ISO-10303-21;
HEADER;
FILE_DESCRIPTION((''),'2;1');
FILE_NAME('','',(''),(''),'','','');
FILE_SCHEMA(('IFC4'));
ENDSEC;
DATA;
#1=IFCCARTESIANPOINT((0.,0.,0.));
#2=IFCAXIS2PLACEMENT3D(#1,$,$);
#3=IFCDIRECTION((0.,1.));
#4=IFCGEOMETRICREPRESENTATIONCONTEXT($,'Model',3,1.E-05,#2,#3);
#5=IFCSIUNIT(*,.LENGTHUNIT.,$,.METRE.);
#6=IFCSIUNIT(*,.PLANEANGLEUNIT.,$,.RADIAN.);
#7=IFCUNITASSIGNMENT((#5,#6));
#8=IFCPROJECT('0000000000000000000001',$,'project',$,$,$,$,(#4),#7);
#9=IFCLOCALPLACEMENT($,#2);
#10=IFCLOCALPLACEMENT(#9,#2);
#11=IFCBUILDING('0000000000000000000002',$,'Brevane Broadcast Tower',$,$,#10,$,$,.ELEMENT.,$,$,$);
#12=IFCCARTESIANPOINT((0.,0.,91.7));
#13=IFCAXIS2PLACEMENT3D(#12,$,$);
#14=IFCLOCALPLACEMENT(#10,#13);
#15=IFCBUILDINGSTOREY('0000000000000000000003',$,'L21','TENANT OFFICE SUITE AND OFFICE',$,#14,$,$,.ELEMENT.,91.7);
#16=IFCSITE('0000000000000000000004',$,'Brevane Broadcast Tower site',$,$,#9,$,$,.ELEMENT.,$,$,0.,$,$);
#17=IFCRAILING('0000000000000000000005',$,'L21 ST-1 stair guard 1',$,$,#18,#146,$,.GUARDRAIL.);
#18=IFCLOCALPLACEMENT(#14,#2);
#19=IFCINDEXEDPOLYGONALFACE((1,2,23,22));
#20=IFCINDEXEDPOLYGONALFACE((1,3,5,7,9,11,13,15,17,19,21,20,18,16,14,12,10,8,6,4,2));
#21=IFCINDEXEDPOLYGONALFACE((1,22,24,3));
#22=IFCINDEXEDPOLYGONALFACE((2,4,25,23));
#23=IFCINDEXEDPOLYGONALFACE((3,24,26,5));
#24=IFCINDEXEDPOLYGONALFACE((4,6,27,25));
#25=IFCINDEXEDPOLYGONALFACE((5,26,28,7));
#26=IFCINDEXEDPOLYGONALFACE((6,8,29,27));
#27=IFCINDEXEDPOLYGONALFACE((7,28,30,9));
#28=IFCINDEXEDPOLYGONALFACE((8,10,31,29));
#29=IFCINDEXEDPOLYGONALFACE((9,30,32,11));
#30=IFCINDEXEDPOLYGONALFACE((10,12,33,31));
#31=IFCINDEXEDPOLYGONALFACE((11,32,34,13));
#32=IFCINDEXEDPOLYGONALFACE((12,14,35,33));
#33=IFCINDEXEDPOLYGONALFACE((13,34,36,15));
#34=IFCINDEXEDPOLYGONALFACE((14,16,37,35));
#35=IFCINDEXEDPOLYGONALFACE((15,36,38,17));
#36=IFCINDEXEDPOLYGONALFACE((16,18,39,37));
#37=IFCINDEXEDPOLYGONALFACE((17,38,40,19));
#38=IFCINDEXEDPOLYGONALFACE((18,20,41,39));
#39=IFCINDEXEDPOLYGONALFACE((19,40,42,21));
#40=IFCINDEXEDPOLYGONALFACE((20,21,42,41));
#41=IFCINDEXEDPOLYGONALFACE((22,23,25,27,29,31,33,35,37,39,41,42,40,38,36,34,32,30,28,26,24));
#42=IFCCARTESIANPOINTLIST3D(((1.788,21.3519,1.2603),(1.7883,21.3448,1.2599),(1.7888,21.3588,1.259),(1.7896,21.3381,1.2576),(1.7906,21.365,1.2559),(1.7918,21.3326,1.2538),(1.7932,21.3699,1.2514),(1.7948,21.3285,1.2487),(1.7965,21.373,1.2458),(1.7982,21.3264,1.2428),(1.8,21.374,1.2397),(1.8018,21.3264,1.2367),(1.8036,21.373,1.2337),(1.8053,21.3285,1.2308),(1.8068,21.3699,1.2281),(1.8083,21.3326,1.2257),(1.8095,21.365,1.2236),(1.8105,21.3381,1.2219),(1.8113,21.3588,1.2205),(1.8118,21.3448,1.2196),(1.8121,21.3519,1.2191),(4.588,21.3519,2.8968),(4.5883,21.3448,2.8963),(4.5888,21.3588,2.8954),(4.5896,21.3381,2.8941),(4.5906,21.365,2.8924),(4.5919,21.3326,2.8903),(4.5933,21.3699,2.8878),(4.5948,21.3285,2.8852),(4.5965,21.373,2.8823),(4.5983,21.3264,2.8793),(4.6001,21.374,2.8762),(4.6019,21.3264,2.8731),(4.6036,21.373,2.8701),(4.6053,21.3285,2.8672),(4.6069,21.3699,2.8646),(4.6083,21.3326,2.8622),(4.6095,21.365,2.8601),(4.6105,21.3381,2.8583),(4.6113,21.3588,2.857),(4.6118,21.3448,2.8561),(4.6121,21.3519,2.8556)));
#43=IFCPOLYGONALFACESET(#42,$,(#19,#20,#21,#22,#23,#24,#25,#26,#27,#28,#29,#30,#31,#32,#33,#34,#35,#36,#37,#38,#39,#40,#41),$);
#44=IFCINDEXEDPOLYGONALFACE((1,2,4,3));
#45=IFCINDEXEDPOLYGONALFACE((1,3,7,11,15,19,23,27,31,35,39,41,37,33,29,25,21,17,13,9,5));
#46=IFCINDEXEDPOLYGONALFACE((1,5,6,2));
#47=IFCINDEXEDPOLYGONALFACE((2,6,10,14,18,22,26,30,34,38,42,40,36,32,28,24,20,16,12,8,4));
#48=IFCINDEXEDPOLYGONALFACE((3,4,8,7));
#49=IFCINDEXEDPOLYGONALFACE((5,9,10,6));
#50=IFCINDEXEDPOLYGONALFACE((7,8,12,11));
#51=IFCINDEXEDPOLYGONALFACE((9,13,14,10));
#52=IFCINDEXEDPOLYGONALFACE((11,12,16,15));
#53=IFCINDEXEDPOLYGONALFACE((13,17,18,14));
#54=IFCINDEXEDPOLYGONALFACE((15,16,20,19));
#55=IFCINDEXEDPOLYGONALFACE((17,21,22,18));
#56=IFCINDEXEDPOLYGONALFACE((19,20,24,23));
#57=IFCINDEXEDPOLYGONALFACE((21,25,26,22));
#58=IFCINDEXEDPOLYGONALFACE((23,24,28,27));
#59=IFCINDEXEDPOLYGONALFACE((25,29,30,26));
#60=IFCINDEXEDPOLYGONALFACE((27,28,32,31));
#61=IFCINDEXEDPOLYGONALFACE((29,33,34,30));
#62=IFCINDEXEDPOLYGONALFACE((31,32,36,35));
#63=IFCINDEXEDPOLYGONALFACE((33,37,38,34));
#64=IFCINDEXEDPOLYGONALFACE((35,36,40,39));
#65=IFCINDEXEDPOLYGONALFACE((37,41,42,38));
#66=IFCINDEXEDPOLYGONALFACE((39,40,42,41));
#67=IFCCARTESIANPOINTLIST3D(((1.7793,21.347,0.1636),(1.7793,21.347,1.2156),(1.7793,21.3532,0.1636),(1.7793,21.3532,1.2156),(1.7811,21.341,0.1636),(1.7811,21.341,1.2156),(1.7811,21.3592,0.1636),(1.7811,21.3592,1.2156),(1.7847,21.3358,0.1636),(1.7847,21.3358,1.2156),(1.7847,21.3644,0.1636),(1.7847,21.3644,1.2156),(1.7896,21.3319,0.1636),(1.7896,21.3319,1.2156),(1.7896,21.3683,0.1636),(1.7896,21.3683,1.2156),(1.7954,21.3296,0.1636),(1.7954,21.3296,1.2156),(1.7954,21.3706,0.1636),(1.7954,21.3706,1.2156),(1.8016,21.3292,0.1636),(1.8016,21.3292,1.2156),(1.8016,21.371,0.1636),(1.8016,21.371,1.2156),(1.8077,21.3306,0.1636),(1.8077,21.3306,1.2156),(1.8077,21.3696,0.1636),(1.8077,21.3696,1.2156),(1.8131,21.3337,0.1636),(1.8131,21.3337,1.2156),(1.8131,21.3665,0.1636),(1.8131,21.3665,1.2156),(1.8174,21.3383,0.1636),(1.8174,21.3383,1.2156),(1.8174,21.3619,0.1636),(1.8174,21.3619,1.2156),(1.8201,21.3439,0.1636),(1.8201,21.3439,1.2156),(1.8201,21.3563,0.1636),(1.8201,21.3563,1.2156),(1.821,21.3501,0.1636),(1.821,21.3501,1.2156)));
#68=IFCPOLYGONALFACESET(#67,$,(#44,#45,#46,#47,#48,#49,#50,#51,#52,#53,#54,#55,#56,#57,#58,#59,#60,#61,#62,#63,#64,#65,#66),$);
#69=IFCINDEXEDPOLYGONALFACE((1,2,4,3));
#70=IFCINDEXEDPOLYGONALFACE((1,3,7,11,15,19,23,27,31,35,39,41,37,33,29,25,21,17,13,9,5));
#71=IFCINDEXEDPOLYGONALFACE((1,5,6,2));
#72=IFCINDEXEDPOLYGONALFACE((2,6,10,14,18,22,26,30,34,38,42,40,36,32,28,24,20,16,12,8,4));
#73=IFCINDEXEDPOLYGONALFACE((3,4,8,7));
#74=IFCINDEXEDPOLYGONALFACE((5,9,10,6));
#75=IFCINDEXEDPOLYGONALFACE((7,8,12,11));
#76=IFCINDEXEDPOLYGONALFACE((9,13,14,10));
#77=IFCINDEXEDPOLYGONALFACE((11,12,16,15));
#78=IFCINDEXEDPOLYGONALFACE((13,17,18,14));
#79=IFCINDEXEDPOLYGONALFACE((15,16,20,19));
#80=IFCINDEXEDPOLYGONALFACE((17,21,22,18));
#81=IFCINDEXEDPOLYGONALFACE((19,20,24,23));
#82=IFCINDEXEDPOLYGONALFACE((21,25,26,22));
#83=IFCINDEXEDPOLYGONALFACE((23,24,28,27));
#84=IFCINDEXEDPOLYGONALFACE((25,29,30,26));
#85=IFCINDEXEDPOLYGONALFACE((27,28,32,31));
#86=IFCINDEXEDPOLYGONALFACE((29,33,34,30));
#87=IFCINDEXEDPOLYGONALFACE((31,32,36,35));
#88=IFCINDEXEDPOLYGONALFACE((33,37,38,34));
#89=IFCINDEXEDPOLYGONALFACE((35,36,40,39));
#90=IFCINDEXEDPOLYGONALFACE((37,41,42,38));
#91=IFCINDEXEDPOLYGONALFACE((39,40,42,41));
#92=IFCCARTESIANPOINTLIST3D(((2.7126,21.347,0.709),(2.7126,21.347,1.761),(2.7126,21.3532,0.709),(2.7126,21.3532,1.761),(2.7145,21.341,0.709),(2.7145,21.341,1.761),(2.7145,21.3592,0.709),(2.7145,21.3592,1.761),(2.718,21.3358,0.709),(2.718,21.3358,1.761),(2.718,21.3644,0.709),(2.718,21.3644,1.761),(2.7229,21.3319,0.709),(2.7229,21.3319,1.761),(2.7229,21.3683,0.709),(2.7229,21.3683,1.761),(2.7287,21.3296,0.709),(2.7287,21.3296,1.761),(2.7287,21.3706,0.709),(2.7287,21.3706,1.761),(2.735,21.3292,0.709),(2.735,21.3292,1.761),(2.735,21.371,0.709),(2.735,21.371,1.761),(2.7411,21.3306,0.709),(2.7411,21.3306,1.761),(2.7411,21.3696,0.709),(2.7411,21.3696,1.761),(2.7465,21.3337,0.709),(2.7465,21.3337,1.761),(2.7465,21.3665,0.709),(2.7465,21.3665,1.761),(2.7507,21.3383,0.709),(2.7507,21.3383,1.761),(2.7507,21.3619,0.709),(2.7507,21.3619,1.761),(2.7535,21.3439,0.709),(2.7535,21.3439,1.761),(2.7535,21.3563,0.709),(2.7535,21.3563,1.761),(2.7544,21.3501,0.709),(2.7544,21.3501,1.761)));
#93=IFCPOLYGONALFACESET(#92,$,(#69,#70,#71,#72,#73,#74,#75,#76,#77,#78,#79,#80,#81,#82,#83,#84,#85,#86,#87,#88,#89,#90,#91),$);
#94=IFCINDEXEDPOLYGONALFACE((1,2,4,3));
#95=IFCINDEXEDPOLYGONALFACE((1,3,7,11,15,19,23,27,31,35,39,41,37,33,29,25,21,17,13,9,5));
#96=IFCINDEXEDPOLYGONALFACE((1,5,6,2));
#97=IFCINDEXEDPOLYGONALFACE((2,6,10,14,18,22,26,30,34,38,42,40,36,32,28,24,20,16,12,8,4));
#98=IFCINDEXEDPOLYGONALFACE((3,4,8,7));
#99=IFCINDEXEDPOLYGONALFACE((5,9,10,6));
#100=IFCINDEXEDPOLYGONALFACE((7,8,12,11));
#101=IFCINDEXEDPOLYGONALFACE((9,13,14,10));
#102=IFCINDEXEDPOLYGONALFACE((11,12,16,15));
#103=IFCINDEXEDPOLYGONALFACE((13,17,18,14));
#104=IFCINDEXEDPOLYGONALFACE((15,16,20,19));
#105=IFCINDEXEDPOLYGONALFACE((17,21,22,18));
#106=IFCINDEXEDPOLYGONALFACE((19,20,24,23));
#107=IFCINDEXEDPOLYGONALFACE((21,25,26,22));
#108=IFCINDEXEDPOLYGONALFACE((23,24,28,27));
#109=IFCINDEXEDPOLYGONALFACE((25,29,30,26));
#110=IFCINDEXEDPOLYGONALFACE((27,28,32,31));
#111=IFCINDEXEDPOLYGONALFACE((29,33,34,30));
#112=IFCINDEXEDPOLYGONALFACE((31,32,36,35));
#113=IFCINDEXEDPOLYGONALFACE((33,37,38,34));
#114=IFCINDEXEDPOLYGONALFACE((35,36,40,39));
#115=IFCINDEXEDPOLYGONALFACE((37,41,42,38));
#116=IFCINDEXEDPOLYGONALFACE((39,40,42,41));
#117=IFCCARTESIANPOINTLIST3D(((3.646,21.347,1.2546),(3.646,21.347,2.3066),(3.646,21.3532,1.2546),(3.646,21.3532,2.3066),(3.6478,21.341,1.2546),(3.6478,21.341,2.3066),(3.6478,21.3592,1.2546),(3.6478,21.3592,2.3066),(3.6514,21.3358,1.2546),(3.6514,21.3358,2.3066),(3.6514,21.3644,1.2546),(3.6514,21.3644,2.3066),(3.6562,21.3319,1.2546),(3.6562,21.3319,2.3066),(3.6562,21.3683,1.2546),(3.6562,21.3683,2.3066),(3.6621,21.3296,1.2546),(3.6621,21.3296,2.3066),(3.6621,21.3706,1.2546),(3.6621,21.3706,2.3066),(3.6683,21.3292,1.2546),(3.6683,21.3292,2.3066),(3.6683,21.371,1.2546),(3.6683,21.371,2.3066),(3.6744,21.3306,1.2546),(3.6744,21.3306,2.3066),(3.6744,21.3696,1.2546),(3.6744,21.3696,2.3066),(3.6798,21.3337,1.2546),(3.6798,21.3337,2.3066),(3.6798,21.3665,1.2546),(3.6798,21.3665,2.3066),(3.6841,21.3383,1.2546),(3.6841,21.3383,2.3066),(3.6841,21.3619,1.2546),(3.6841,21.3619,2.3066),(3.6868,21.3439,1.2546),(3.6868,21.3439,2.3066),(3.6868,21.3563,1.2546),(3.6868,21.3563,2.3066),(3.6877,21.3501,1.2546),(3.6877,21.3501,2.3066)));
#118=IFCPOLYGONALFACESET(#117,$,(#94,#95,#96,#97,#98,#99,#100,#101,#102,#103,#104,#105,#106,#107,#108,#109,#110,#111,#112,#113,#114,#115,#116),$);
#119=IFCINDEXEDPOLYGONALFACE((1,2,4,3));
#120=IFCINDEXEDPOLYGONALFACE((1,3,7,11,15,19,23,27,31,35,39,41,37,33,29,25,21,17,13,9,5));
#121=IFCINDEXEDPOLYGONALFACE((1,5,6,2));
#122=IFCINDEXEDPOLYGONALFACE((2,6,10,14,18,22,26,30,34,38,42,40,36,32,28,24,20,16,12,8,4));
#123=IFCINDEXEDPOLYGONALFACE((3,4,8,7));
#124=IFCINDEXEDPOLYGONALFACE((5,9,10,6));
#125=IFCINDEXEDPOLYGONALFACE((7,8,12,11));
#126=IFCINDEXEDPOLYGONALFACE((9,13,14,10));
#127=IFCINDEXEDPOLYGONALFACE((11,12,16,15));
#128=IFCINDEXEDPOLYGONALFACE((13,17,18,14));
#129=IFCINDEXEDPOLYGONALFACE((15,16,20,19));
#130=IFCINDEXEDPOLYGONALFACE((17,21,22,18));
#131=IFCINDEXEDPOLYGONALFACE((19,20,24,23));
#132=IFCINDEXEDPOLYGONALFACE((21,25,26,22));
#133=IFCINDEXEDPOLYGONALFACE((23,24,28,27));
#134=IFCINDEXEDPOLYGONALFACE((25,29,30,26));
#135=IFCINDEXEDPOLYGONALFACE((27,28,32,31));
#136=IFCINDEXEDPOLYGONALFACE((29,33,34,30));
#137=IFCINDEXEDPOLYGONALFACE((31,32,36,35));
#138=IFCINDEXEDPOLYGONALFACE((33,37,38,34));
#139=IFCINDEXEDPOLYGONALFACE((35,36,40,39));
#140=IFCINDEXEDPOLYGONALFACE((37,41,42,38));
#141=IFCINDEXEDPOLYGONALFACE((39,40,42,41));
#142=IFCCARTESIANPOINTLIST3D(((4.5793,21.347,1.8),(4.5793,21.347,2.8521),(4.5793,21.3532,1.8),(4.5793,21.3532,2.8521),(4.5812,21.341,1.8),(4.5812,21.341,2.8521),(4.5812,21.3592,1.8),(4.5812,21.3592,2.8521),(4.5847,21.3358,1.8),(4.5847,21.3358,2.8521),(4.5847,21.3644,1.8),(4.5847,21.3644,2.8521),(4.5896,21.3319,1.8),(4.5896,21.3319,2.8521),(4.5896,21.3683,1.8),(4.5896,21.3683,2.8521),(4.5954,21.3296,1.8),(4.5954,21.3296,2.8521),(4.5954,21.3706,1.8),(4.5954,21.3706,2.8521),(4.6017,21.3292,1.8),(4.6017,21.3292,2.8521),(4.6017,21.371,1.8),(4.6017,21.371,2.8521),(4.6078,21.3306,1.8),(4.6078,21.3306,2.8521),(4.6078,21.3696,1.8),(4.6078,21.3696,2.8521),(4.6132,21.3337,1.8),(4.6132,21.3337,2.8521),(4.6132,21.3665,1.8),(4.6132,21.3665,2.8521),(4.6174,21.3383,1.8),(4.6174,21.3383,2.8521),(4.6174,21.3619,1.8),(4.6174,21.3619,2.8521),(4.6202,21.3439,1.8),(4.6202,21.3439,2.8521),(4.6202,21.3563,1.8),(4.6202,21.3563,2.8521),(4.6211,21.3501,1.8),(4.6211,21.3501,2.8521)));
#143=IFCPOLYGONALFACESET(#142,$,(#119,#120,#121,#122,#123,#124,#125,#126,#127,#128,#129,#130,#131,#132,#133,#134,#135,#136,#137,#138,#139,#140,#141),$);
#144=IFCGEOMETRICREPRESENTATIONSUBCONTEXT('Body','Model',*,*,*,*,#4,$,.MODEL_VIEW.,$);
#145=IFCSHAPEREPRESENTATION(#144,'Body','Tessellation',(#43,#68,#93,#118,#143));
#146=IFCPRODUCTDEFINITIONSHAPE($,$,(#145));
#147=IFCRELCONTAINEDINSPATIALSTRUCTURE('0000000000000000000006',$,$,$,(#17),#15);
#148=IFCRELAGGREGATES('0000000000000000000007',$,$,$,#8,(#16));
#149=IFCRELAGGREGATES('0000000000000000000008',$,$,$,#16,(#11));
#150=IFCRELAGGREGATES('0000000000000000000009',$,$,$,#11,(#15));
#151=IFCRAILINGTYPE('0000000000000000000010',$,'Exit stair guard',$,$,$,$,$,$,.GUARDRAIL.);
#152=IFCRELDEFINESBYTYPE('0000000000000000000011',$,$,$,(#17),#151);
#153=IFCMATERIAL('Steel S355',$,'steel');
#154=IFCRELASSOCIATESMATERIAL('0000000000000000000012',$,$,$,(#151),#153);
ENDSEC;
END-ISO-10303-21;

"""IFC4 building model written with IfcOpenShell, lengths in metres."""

from ifc_helpers import new_model, si_unit, direction, frame, origin, origin_2d, place, context, subcontext, project, spatial, circle, extrude, material, type_object, element, save


model = new_model("IFC4")

# Units and contexts
model_context = context("Model", 3, precision=1e-05, world=origin(), true_north=direction((0.0, 1.0)))
body_context = subcontext(model_context, "Body", "Model", "MODEL_VIEW")
ifc_project = project(units=[si_unit("LENGTHUNIT", "METRE"), si_unit("PLANEANGLEUNIT", "RADIAN")], contexts=[model_context])

# Site, building, storey
site_placement = place(None, origin())
site = spatial("IfcSite", under=ifc_project, at=site_placement, Name="Brevane Broadcast Tower site", CompositionType="ELEMENT", RefElevation=0.0)
building_placement = place(site_placement, origin())
building = spatial("IfcBuilding", under=site, at=building_placement, Name="Brevane Broadcast Tower", CompositionType="ELEMENT")
storey_placement = place(building_placement, frame((0.0, 0.0, 91.7)))
storey = spatial("IfcBuildingStorey", under=building, at=storey_placement, Name="L21", Description="TENANT OFFICE SUITE AND OFFICE", CompositionType="ELEMENT", Elevation=91.7)

# Railing
ifc_material_1 = material(Name="Steel S355", Category="steel")
railing_type_1 = type_object("IfcRailingType", Name="Exit stair guard", PredefinedType="GUARDRAIL", material=ifc_material_1)
railing_1_placement = place(storey_placement, frame((1.8, 21.3501, 0.1636)))
element("IfcRailing", 1, at=railing_1_placement, inside=storey, type_object=railing_type_1, Name="L21 ST-1 stair guard 1", PredefinedType="GUARDRAIL", context=body_context, shape_type="SweptSolid", body=[
    extrude(circle(Radius=0.0239, at=origin_2d()), frame((0.0, 0.0, 1.0762), z_axis=(0.863361, 0.0, 0.504587), x_axis=(0.0, 1.0, 0.0)), (0.0, 0.0, 1.0), 3.2432),
    extrude(circle(Radius=0.021, at=origin_2d()), origin(), (0.0, 0.0, 1.0), 1.052),
    extrude(circle(Radius=0.021, at=origin_2d()), frame((0.9333, 0.0, 0.5454)), (0.0, 0.0, 1.0), 1.052),
    extrude(circle(Radius=0.021, at=origin_2d()), frame((1.8667, 0.0, 1.0911)), (0.0, 0.0, 1.0), 1.052),
    extrude(circle(Radius=0.021, at=origin_2d()), frame((2.8, 0.0, 1.6365)), (0.0, 0.0, 1.0), 1.052),
])

save(model, "model.ifc")
